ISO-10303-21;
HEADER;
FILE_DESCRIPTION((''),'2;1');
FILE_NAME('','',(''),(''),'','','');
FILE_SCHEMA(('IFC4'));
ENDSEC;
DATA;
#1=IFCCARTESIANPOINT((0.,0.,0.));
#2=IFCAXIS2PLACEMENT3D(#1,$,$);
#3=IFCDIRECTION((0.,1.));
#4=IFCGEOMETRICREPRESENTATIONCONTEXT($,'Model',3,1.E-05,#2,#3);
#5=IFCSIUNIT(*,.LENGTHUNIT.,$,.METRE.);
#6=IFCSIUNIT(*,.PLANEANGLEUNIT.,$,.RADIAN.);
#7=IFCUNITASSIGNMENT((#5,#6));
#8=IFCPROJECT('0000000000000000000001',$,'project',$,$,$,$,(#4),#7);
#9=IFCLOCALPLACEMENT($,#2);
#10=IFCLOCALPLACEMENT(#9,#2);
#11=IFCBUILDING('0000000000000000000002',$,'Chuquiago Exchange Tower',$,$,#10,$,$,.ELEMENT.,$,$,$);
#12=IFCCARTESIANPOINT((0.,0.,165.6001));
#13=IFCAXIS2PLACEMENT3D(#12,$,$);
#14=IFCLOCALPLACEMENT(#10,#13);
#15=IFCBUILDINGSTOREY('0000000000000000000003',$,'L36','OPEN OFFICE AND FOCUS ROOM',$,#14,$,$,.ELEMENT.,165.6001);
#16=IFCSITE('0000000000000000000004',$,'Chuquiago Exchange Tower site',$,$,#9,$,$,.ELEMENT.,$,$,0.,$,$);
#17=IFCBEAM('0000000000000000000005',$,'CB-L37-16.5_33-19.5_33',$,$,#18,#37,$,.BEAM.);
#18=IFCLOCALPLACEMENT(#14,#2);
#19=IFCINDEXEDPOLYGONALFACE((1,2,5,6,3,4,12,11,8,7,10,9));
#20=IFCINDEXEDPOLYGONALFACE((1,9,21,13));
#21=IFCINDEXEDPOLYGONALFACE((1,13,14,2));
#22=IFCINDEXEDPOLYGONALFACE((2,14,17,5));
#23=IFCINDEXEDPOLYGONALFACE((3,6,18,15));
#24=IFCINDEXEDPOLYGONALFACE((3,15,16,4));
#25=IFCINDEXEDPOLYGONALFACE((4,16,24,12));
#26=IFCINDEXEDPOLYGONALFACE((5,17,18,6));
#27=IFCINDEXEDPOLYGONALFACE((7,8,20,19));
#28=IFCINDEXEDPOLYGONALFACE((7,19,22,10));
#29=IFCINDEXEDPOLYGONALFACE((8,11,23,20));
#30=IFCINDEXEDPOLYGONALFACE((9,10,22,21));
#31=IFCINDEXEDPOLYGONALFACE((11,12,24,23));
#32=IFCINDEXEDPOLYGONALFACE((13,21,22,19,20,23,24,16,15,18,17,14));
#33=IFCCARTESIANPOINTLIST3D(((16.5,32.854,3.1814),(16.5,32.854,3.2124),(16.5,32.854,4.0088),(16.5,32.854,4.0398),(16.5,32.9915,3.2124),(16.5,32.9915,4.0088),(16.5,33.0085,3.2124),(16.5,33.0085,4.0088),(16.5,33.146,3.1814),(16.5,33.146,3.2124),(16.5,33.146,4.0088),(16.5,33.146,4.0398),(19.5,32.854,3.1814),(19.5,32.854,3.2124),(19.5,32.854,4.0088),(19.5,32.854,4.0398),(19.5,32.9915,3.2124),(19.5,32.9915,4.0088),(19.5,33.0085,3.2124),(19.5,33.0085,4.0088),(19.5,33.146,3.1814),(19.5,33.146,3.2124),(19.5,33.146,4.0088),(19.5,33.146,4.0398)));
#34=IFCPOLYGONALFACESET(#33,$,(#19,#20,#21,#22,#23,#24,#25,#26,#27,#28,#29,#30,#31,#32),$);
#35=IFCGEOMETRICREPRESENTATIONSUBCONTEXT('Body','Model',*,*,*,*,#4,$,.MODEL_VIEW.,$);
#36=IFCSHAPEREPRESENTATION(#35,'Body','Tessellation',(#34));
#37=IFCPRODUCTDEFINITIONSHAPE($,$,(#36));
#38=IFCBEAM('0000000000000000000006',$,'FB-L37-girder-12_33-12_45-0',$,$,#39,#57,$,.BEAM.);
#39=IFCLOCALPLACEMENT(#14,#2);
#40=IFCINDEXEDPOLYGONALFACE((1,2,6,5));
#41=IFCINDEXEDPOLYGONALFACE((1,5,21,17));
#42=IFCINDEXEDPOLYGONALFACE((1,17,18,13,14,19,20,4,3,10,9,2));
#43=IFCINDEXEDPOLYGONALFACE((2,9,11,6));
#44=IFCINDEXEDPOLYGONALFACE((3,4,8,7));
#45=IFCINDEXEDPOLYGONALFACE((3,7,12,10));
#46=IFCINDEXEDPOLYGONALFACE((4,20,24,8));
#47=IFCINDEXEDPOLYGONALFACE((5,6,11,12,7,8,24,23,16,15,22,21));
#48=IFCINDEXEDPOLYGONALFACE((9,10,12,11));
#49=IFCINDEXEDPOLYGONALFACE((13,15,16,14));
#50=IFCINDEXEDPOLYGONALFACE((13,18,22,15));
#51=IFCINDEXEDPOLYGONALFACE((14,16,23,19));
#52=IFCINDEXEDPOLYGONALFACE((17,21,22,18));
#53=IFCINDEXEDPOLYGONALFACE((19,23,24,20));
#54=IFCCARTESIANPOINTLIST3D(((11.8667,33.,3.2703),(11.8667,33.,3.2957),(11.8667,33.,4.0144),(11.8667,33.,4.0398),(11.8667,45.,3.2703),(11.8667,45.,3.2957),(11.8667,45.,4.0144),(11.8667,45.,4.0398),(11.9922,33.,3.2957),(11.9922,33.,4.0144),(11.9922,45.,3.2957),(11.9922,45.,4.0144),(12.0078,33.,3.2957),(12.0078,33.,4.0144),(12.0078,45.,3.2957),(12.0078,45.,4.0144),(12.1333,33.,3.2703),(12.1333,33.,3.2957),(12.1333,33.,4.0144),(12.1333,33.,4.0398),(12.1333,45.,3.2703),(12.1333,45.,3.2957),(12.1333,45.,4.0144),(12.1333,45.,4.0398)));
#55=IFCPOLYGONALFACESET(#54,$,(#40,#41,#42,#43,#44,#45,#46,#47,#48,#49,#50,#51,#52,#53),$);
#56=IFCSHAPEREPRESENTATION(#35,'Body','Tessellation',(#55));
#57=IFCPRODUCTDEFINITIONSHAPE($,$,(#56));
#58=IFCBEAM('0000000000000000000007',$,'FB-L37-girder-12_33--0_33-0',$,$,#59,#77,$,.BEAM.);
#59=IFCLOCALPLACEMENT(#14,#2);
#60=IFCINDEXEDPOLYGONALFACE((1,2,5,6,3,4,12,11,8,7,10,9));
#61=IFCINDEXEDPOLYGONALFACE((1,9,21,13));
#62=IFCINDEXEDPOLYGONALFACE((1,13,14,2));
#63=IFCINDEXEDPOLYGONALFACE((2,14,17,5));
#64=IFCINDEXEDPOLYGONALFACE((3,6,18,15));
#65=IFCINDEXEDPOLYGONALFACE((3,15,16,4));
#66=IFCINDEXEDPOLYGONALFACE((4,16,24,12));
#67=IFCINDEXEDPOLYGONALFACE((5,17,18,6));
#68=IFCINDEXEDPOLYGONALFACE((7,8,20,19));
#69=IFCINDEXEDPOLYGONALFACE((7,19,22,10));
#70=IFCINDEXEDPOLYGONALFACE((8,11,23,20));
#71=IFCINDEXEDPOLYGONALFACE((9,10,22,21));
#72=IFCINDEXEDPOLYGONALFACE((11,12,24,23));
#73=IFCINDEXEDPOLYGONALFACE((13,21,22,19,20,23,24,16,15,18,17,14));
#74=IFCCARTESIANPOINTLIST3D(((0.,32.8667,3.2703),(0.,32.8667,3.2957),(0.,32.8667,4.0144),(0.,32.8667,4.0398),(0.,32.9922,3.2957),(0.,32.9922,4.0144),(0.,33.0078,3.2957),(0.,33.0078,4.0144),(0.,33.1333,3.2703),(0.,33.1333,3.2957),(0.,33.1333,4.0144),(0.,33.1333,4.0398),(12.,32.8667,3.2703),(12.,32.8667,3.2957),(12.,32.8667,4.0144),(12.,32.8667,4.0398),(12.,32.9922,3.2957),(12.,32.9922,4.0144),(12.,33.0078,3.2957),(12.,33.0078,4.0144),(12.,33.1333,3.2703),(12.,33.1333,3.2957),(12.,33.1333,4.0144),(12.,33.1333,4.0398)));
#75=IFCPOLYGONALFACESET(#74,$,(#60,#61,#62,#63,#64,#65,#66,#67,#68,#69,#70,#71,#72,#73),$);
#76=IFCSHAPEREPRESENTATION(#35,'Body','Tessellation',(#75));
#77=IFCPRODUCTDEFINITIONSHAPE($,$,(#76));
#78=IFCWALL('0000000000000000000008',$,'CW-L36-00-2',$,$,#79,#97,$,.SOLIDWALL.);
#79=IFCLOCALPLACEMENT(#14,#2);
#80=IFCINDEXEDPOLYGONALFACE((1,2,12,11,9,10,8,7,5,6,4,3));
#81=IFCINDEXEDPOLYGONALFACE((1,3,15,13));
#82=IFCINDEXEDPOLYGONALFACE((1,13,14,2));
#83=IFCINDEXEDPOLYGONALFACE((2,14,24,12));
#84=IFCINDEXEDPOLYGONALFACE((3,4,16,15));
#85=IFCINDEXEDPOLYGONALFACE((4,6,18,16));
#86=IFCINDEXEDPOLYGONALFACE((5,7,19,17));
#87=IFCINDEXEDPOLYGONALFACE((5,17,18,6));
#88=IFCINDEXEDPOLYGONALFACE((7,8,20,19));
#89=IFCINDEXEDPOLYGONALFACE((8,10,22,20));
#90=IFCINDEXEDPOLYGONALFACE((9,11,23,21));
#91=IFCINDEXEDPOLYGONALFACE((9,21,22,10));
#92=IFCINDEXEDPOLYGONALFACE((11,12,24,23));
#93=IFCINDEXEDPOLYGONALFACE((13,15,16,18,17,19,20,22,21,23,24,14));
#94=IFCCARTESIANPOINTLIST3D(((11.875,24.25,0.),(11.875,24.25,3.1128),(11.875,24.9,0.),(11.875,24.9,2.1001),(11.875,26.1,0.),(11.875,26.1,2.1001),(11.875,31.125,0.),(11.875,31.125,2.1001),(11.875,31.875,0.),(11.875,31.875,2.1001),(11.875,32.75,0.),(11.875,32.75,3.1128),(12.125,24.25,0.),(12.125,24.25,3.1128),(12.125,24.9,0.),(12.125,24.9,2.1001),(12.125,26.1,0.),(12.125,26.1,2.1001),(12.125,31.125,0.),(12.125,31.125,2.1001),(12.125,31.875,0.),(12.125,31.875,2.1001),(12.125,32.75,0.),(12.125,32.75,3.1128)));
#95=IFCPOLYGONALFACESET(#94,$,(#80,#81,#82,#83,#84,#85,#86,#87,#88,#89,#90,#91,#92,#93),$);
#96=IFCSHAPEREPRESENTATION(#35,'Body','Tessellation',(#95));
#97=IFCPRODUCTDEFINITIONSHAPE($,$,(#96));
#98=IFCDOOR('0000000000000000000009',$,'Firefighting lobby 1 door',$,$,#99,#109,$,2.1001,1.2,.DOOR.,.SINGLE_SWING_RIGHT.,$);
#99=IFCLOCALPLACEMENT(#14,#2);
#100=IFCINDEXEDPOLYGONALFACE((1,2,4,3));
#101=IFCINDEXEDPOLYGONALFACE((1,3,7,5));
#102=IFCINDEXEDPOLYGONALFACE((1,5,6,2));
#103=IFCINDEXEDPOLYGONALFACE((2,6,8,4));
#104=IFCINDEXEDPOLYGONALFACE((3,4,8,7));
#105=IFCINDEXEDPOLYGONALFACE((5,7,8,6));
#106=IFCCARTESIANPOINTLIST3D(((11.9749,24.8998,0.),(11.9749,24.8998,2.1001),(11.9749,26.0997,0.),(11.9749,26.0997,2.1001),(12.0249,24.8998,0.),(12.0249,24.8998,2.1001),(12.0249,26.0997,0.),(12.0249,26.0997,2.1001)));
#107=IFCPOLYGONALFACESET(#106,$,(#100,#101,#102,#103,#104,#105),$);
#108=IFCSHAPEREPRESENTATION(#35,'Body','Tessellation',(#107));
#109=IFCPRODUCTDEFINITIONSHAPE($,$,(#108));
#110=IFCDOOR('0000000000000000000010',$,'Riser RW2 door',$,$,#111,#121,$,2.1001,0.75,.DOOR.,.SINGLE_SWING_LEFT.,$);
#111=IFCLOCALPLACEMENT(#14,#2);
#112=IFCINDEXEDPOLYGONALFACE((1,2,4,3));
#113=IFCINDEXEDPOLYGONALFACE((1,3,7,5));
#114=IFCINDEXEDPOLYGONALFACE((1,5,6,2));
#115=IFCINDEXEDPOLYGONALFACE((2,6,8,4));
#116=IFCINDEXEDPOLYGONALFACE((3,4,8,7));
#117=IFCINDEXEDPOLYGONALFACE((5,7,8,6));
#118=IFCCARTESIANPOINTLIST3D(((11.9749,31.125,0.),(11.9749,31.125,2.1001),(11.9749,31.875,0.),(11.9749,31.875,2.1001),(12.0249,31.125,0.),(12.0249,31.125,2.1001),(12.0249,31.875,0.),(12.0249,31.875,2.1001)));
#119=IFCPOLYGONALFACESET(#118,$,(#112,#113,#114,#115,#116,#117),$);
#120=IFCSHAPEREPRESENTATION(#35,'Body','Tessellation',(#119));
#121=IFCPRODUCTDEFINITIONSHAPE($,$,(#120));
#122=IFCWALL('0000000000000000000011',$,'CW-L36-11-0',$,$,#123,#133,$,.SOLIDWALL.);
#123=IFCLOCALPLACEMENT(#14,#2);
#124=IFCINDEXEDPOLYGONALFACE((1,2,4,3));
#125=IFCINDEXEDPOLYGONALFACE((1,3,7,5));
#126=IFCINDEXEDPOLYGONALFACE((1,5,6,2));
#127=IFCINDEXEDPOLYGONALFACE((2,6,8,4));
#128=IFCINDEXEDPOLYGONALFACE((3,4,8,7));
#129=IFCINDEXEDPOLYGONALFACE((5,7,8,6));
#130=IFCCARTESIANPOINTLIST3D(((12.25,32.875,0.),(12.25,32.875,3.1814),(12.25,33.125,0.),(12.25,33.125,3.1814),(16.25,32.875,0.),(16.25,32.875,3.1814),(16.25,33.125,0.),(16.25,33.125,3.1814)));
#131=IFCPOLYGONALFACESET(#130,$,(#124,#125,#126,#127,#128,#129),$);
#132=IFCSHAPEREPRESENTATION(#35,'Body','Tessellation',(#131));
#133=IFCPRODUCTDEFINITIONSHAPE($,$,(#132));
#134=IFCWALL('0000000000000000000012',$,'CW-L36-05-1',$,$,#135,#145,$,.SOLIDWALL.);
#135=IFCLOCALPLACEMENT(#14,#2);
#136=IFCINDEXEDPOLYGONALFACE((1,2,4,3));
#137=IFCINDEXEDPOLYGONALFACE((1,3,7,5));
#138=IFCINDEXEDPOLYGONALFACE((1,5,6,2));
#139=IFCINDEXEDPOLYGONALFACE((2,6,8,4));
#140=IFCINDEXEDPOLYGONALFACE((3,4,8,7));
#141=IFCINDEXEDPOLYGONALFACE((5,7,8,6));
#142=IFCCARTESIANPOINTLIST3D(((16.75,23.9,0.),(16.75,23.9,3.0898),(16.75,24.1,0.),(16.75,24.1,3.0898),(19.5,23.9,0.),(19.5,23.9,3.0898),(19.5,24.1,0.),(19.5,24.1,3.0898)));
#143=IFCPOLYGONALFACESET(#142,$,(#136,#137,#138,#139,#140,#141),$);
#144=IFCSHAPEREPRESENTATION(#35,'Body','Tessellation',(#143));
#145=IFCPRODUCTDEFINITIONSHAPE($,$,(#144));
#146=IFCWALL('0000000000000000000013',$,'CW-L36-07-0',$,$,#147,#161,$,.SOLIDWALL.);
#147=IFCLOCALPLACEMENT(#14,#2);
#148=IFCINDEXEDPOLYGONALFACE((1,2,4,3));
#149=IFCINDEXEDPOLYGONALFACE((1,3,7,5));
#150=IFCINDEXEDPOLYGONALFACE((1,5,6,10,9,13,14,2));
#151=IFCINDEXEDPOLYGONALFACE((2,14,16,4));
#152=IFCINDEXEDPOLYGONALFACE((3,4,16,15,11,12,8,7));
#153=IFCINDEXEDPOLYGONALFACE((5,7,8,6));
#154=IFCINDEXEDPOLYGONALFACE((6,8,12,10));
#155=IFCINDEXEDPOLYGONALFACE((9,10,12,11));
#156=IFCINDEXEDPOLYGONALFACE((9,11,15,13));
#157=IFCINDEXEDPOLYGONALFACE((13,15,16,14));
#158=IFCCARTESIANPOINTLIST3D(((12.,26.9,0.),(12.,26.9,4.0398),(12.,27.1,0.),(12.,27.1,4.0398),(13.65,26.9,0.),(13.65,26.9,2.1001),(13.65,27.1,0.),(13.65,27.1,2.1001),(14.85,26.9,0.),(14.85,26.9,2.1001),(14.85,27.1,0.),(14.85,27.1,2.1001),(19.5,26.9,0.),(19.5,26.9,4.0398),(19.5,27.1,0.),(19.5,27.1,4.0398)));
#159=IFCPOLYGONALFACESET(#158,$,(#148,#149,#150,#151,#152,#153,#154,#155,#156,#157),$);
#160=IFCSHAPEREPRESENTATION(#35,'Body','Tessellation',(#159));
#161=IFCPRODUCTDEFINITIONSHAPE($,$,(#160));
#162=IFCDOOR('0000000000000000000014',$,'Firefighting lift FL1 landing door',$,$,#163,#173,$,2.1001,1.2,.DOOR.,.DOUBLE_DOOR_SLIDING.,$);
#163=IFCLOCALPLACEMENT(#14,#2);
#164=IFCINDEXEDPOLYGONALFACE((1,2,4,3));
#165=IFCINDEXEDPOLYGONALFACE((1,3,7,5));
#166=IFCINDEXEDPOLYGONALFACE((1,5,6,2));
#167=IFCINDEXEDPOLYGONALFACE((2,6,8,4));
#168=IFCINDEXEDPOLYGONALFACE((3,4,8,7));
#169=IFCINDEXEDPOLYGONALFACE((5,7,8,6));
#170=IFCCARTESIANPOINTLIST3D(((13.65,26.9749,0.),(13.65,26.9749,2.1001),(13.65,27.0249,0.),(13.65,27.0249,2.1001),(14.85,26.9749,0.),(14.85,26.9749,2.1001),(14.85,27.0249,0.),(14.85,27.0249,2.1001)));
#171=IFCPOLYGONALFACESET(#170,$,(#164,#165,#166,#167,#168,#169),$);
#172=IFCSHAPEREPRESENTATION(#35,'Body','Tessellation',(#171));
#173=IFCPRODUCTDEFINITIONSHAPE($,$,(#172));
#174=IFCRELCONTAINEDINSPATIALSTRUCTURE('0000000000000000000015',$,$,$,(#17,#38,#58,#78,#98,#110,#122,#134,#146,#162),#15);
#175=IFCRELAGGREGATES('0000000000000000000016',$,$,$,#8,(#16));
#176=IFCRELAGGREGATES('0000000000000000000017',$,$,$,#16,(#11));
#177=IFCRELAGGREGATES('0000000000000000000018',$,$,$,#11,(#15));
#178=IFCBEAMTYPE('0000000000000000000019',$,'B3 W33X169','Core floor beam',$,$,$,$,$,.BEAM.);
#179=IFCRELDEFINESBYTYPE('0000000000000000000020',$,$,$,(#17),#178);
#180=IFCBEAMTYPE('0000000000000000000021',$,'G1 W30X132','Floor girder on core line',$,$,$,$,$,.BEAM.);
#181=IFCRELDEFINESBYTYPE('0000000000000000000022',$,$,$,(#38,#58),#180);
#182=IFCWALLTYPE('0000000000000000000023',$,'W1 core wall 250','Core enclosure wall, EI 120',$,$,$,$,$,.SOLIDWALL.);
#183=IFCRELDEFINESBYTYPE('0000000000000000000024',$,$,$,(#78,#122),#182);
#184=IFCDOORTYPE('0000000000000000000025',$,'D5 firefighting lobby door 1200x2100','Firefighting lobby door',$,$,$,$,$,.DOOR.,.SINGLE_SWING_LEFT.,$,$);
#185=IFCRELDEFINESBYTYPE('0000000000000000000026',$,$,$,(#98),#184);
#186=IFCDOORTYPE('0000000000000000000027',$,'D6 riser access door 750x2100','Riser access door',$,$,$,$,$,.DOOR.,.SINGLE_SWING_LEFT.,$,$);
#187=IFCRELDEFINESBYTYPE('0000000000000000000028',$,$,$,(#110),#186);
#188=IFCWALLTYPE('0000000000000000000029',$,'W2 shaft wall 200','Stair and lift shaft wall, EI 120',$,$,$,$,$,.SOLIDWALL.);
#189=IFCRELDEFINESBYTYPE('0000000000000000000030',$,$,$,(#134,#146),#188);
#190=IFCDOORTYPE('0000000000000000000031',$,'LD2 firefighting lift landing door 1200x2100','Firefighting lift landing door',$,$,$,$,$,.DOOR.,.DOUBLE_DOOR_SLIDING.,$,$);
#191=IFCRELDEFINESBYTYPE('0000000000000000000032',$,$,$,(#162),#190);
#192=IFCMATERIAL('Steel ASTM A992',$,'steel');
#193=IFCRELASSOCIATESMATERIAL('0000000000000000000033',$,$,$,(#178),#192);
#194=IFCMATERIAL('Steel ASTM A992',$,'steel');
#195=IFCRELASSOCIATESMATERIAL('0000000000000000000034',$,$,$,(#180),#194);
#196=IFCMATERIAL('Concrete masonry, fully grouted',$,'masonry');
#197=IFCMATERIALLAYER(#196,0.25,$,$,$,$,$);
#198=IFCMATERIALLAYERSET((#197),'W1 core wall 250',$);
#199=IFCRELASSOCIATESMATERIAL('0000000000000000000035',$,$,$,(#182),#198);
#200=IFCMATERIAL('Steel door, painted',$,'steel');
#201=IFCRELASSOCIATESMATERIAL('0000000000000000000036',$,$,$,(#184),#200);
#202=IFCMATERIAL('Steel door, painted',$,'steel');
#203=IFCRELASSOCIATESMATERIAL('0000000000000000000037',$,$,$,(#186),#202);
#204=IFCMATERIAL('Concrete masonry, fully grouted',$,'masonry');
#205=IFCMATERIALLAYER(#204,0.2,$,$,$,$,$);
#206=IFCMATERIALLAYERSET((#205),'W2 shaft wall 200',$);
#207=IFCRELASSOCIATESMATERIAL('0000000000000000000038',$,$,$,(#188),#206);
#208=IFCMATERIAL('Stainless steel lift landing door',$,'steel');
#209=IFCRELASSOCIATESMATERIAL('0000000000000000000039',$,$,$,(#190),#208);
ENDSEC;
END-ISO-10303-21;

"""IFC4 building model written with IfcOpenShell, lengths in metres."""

from ifc_helpers import new_model, si_unit, direction, frame, frame_2d, origin, origin_2d, place, context, subcontext, project, spatial, rectangle, i_section, extrude, material, layer, layer_set, material_profile, profile_set, type_object, element, fill, save


model = new_model("IFC4")

# Units and contexts
model_context = context("Model", 3, precision=1e-05, world=origin(), true_north=direction((0.0, 1.0)))
body_context = subcontext(model_context, "Body", "Model", "MODEL_VIEW")
ifc_project = project(units=[si_unit("LENGTHUNIT", "METRE"), si_unit("PLANEANGLEUNIT", "RADIAN")], contexts=[model_context])

# Site, building, storey
site_placement = place(None, origin())
site = spatial("IfcSite", under=ifc_project, at=site_placement, Name="Chuquiago Exchange Tower site", CompositionType="ELEMENT", RefElevation=0.0)
building_placement = place(site_placement, origin())
building = spatial("IfcBuilding", under=site, at=building_placement, Name="Chuquiago Exchange Tower", CompositionType="ELEMENT")
storey_placement = place(building_placement, frame((0.0, 0.0, 165.6001)))
storey = spatial("IfcBuildingStorey", under=building, at=storey_placement, Name="L36", Description="OPEN OFFICE AND FOCUS ROOM", CompositionType="ELEMENT", Elevation=165.6001)

# Beams
ifc_material_1 = material(Name="Steel ASTM A992", Category="steel")
ifc_material_profile_1 = material_profile(ifc_material_1, i_section(OverallWidth=0.292, OverallDepth=0.8584, WebThickness=0.0171, FlangeThickness=0.031, at=origin_2d()), Name="W33X169")
ifc_profile_set_1 = profile_set([ifc_material_profile_1], Name="Steel ASTM A992")
beam_type_1 = type_object("IfcBeamType", Name="B3 W33X169", Description="Core floor beam", PredefinedType="BEAM", material=ifc_profile_set_1)
beam_1_placement = place(storey_placement, frame((16.5, 33.0, 3.6106), z_axis=(1.0, 0.0, 0.0), x_axis=(0.0, 1.0, 0.0)))
element("IfcBeam", 1, at=beam_1_placement, inside=storey, type_object=beam_type_1, Name="CB-L37-16.5_33-19.5_33", PredefinedType="BEAM", context=body_context, shape_type="SweptSolid", body=[
    extrude(i_section(OverallWidth=0.292, OverallDepth=0.8584, WebThickness=0.0171, FlangeThickness=0.031, at=origin_2d()), origin(), (0.0, 0.0, 1.0), 3.0),
])
ifc_material_2 = material(Name="Steel ASTM A992", Category="steel")
ifc_material_profile_2 = material_profile(ifc_material_2, i_section(OverallWidth=0.2666, OverallDepth=0.7695, WebThickness=0.0156, FlangeThickness=0.0254, at=origin_2d()), Name="W30X132")
ifc_profile_set_2 = profile_set([ifc_material_profile_2], Name="Steel ASTM A992")
beam_type_2 = type_object("IfcBeamType", Name="G1 W30X132", Description="Floor girder on core line", PredefinedType="BEAM", material=ifc_profile_set_2)
for number, where, z_axis, x_axis, name in (
    (2, (12.0, 33.0, 3.655), (0.0, 1.0, 0.0), (-1.0, 0.0, 0.0), "FB-L37-girder-12_33-12_45-0"),
    (3, (12.0, 33.0, 3.655), (-1.0, 0.0, 0.0), (0.0, -1.0, 0.0), "FB-L37-girder-12_33--0_33-0"),
):
    element("IfcBeam", number, at=place(storey_placement, frame(where, z_axis=z_axis, x_axis=x_axis)), inside=storey, type_object=beam_type_2, Name=name, PredefinedType="BEAM", context=body_context, shape_type="SweptSolid", body=[
        extrude(i_section(OverallWidth=0.2666, OverallDepth=0.7695, WebThickness=0.0156, FlangeThickness=0.0254, at=origin_2d()), origin(), (0.0, 0.0, 1.0), 12.0),
    ])

# Wall, openings, doors
ifc_material_3 = material(Name="Concrete masonry, fully grouted", Category="masonry")
ifc_layer_1 = layer(ifc_material_3, 0.25)
ifc_layer_set_1 = layer_set([ifc_layer_1], Name="W1 core wall 250")
wall_type_1 = type_object("IfcWallType", Name="W1 core wall 250", Description="Core enclosure wall, EI 120", PredefinedType="SOLIDWALL", material=ifc_layer_set_1)
wall_1_placement = place(storey_placement, frame((12.0, 24.25, 0.0), z_axis=(0.0, 0.0, 1.0), x_axis=(0.0, 1.0, 0.0)))
wall_1 = element("IfcWall", 4, at=wall_1_placement, inside=storey, type_object=wall_type_1, Name="CW-L36-00-2", PredefinedType="SOLIDWALL", context=body_context, shape_type="SweptSolid", body=[
    extrude(rectangle(XDim=8.5, YDim=0.25, at=frame_2d((4.25, 0.0))), origin(), (0.0, 0.0, 1.0), 3.1128),
])
opening_1_placement = place(wall_1_placement, frame((0.6499, 0.0, 0.0)))
opening_1 = element("IfcOpeningElement", 5, at=opening_1_placement, cuts=wall_1, PredefinedType="OPENING", context=body_context, shape_type="SweptSolid", body=[
    extrude(rectangle(XDim=1.2, YDim=2.1001, at=frame_2d((0.6001, 1.05))), frame((0.0, 0.135, 0.0), z_axis=(0.0, -1.0, 0.0), x_axis=(1.0, 0.0, 0.0)), (0.0, 0.0, 1.0), 0.27),
])
opening_2_placement = place(wall_1_placement, frame((6.875, 0.0, 0.0)))
opening_2 = element("IfcOpeningElement", 6, at=opening_2_placement, cuts=wall_1, PredefinedType="OPENING", context=body_context, shape_type="SweptSolid", body=[
    extrude(rectangle(XDim=0.75, YDim=2.1001, at=frame_2d((0.375, 1.05))), frame((0.0, 0.135, 0.0), z_axis=(0.0, -1.0, 0.0), x_axis=(1.0, 0.0, 0.0)), (0.0, 0.0, 1.0), 0.27),
])
ifc_material_4 = material(Name="Steel door, painted", Category="steel")
door_type_1 = type_object("IfcDoorType", Name="D5 firefighting lobby door 1200x2100", Description="Firefighting lobby door", OperationType="SINGLE_SWING_LEFT", PredefinedType="DOOR", material=ifc_material_4)
door_1_placement = place(opening_1_placement, frame((1.2, 0.0, 0.0), z_axis=(0.0, 0.0, 1.0), x_axis=(-1.0, 0.0, 0.0)))
door_1 = element("IfcDoor", 7, at=door_1_placement, inside=storey, type_object=door_type_1, Name="Firefighting lobby 1 door", OperationType="SINGLE_SWING_RIGHT", OverallHeight=2.1001, OverallWidth=1.2, PredefinedType="DOOR", context=body_context, shape_type="SweptSolid", body=[
    extrude(rectangle(XDim=1.2, YDim=2.1001, at=frame_2d((0.6001, 1.05))), frame((0.0, 0.0249, 0.0), z_axis=(0.0, -1.0, 0.0), x_axis=(1.0, 0.0, 0.0)), (0.0, 0.0, 1.0), 0.05),
])
fill(opening_1, door_1)
ifc_material_5 = material(Name="Steel door, painted", Category="steel")
door_type_2 = type_object("IfcDoorType", Name="D6 riser access door 750x2100", Description="Riser access door", OperationType="SINGLE_SWING_LEFT", PredefinedType="DOOR", material=ifc_material_5)
door_2_placement = place(opening_2_placement, frame((0.75, 0.0, 0.0), z_axis=(0.0, 0.0, 1.0), x_axis=(-1.0, 0.0, 0.0)))
door_2 = element("IfcDoor", 8, at=door_2_placement, inside=storey, type_object=door_type_2, Name="Riser RW2 door", OperationType="SINGLE_SWING_LEFT", OverallHeight=2.1001, OverallWidth=0.75, PredefinedType="DOOR", context=body_context, shape_type="SweptSolid", body=[
    extrude(rectangle(XDim=0.75, YDim=2.1001, at=frame_2d((0.375, 1.05))), frame((0.0, 0.0249, 0.0), z_axis=(0.0, -1.0, 0.0), x_axis=(1.0, 0.0, 0.0)), (0.0, 0.0, 1.0), 0.05),
])
fill(opening_2, door_2)

# Walls
wall_2_placement = place(storey_placement, frame((12.25, 33.0, 0.0), z_axis=(0.0, 0.0, 1.0), x_axis=(1.0, 0.0, 0.0)))
element("IfcWall", 9, at=wall_2_placement, inside=storey, type_object=wall_type_1, Name="CW-L36-11-0", PredefinedType="SOLIDWALL", context=body_context, shape_type="SweptSolid", body=[
    extrude(rectangle(XDim=4.0, YDim=0.25, at=frame_2d((2.0, 0.0))), origin(), (0.0, 0.0, 1.0), 3.1814),
])
ifc_material_6 = material(Name="Concrete masonry, fully grouted", Category="masonry")
ifc_layer_2 = layer(ifc_material_6, 0.2)
ifc_layer_set_2 = layer_set([ifc_layer_2], Name="W2 shaft wall 200")
wall_type_2 = type_object("IfcWallType", Name="W2 shaft wall 200", Description="Stair and lift shaft wall, EI 120", PredefinedType="SOLIDWALL", material=ifc_layer_set_2)
wall_3_placement = place(storey_placement, frame((16.75, 24.0, 0.0), z_axis=(0.0, 0.0, 1.0), x_axis=(1.0, 0.0, 0.0)))
element("IfcWall", 10, at=wall_3_placement, inside=storey, type_object=wall_type_2, Name="CW-L36-05-1", PredefinedType="SOLIDWALL", context=body_context, shape_type="SweptSolid", body=[
    extrude(rectangle(XDim=2.75, YDim=0.2, at=frame_2d((1.375, 0.0))), origin(), (0.0, 0.0, 1.0), 3.0898),
])

# Wall, opening, door
wall_4_placement = place(storey_placement, frame((12.0, 27.0, 0.0), z_axis=(0.0, 0.0, 1.0), x_axis=(1.0, 0.0, 0.0)))
wall_4 = element("IfcWall", 11, at=wall_4_placement, inside=storey, type_object=wall_type_2, Name="CW-L36-07-0", PredefinedType="SOLIDWALL", context=body_context, shape_type="SweptSolid", body=[
    extrude(rectangle(XDim=7.5, YDim=0.2, at=frame_2d((3.75, 0.0))), origin(), (0.0, 0.0, 1.0), 4.0398),
])
opening_3_placement = place(wall_4_placement, frame((1.6499, 0.0, 0.0)))
opening_3 = element("IfcOpeningElement", 12, at=opening_3_placement, cuts=wall_4, PredefinedType="OPENING", context=body_context, shape_type="SweptSolid", body=[
    extrude(rectangle(XDim=1.2, YDim=2.1001, at=frame_2d((0.6001, 1.05))), frame((0.0, 0.1099, 0.0), z_axis=(0.0, -1.0, 0.0), x_axis=(1.0, 0.0, 0.0)), (0.0, 0.0, 1.0), 0.22),
])
ifc_material_7 = material(Name="Stainless steel lift landing door", Category="steel")
door_type_3 = type_object("IfcDoorType", Name="LD2 firefighting lift landing door 1200x2100", Description="Firefighting lift landing door", OperationType="DOUBLE_DOOR_SLIDING", PredefinedType="DOOR", material=ifc_material_7)
door_3_placement = place(opening_3_placement, origin())
door_3 = element("IfcDoor", 13, at=door_3_placement, inside=storey, type_object=door_type_3, Name="Firefighting lift FL1 landing door", OperationType="DOUBLE_DOOR_SLIDING", OverallHeight=2.1001, OverallWidth=1.2, PredefinedType="DOOR", context=body_context, shape_type="SweptSolid", body=[
    extrude(rectangle(XDim=1.2, YDim=2.1001, at=frame_2d((0.6001, 1.05))), frame((0.0, 0.0249, 0.0), z_axis=(0.0, -1.0, 0.0), x_axis=(1.0, 0.0, 0.0)), (0.0, 0.0, 1.0), 0.05),
])
fill(opening_3, door_3)

save(model, "model.ifc")
